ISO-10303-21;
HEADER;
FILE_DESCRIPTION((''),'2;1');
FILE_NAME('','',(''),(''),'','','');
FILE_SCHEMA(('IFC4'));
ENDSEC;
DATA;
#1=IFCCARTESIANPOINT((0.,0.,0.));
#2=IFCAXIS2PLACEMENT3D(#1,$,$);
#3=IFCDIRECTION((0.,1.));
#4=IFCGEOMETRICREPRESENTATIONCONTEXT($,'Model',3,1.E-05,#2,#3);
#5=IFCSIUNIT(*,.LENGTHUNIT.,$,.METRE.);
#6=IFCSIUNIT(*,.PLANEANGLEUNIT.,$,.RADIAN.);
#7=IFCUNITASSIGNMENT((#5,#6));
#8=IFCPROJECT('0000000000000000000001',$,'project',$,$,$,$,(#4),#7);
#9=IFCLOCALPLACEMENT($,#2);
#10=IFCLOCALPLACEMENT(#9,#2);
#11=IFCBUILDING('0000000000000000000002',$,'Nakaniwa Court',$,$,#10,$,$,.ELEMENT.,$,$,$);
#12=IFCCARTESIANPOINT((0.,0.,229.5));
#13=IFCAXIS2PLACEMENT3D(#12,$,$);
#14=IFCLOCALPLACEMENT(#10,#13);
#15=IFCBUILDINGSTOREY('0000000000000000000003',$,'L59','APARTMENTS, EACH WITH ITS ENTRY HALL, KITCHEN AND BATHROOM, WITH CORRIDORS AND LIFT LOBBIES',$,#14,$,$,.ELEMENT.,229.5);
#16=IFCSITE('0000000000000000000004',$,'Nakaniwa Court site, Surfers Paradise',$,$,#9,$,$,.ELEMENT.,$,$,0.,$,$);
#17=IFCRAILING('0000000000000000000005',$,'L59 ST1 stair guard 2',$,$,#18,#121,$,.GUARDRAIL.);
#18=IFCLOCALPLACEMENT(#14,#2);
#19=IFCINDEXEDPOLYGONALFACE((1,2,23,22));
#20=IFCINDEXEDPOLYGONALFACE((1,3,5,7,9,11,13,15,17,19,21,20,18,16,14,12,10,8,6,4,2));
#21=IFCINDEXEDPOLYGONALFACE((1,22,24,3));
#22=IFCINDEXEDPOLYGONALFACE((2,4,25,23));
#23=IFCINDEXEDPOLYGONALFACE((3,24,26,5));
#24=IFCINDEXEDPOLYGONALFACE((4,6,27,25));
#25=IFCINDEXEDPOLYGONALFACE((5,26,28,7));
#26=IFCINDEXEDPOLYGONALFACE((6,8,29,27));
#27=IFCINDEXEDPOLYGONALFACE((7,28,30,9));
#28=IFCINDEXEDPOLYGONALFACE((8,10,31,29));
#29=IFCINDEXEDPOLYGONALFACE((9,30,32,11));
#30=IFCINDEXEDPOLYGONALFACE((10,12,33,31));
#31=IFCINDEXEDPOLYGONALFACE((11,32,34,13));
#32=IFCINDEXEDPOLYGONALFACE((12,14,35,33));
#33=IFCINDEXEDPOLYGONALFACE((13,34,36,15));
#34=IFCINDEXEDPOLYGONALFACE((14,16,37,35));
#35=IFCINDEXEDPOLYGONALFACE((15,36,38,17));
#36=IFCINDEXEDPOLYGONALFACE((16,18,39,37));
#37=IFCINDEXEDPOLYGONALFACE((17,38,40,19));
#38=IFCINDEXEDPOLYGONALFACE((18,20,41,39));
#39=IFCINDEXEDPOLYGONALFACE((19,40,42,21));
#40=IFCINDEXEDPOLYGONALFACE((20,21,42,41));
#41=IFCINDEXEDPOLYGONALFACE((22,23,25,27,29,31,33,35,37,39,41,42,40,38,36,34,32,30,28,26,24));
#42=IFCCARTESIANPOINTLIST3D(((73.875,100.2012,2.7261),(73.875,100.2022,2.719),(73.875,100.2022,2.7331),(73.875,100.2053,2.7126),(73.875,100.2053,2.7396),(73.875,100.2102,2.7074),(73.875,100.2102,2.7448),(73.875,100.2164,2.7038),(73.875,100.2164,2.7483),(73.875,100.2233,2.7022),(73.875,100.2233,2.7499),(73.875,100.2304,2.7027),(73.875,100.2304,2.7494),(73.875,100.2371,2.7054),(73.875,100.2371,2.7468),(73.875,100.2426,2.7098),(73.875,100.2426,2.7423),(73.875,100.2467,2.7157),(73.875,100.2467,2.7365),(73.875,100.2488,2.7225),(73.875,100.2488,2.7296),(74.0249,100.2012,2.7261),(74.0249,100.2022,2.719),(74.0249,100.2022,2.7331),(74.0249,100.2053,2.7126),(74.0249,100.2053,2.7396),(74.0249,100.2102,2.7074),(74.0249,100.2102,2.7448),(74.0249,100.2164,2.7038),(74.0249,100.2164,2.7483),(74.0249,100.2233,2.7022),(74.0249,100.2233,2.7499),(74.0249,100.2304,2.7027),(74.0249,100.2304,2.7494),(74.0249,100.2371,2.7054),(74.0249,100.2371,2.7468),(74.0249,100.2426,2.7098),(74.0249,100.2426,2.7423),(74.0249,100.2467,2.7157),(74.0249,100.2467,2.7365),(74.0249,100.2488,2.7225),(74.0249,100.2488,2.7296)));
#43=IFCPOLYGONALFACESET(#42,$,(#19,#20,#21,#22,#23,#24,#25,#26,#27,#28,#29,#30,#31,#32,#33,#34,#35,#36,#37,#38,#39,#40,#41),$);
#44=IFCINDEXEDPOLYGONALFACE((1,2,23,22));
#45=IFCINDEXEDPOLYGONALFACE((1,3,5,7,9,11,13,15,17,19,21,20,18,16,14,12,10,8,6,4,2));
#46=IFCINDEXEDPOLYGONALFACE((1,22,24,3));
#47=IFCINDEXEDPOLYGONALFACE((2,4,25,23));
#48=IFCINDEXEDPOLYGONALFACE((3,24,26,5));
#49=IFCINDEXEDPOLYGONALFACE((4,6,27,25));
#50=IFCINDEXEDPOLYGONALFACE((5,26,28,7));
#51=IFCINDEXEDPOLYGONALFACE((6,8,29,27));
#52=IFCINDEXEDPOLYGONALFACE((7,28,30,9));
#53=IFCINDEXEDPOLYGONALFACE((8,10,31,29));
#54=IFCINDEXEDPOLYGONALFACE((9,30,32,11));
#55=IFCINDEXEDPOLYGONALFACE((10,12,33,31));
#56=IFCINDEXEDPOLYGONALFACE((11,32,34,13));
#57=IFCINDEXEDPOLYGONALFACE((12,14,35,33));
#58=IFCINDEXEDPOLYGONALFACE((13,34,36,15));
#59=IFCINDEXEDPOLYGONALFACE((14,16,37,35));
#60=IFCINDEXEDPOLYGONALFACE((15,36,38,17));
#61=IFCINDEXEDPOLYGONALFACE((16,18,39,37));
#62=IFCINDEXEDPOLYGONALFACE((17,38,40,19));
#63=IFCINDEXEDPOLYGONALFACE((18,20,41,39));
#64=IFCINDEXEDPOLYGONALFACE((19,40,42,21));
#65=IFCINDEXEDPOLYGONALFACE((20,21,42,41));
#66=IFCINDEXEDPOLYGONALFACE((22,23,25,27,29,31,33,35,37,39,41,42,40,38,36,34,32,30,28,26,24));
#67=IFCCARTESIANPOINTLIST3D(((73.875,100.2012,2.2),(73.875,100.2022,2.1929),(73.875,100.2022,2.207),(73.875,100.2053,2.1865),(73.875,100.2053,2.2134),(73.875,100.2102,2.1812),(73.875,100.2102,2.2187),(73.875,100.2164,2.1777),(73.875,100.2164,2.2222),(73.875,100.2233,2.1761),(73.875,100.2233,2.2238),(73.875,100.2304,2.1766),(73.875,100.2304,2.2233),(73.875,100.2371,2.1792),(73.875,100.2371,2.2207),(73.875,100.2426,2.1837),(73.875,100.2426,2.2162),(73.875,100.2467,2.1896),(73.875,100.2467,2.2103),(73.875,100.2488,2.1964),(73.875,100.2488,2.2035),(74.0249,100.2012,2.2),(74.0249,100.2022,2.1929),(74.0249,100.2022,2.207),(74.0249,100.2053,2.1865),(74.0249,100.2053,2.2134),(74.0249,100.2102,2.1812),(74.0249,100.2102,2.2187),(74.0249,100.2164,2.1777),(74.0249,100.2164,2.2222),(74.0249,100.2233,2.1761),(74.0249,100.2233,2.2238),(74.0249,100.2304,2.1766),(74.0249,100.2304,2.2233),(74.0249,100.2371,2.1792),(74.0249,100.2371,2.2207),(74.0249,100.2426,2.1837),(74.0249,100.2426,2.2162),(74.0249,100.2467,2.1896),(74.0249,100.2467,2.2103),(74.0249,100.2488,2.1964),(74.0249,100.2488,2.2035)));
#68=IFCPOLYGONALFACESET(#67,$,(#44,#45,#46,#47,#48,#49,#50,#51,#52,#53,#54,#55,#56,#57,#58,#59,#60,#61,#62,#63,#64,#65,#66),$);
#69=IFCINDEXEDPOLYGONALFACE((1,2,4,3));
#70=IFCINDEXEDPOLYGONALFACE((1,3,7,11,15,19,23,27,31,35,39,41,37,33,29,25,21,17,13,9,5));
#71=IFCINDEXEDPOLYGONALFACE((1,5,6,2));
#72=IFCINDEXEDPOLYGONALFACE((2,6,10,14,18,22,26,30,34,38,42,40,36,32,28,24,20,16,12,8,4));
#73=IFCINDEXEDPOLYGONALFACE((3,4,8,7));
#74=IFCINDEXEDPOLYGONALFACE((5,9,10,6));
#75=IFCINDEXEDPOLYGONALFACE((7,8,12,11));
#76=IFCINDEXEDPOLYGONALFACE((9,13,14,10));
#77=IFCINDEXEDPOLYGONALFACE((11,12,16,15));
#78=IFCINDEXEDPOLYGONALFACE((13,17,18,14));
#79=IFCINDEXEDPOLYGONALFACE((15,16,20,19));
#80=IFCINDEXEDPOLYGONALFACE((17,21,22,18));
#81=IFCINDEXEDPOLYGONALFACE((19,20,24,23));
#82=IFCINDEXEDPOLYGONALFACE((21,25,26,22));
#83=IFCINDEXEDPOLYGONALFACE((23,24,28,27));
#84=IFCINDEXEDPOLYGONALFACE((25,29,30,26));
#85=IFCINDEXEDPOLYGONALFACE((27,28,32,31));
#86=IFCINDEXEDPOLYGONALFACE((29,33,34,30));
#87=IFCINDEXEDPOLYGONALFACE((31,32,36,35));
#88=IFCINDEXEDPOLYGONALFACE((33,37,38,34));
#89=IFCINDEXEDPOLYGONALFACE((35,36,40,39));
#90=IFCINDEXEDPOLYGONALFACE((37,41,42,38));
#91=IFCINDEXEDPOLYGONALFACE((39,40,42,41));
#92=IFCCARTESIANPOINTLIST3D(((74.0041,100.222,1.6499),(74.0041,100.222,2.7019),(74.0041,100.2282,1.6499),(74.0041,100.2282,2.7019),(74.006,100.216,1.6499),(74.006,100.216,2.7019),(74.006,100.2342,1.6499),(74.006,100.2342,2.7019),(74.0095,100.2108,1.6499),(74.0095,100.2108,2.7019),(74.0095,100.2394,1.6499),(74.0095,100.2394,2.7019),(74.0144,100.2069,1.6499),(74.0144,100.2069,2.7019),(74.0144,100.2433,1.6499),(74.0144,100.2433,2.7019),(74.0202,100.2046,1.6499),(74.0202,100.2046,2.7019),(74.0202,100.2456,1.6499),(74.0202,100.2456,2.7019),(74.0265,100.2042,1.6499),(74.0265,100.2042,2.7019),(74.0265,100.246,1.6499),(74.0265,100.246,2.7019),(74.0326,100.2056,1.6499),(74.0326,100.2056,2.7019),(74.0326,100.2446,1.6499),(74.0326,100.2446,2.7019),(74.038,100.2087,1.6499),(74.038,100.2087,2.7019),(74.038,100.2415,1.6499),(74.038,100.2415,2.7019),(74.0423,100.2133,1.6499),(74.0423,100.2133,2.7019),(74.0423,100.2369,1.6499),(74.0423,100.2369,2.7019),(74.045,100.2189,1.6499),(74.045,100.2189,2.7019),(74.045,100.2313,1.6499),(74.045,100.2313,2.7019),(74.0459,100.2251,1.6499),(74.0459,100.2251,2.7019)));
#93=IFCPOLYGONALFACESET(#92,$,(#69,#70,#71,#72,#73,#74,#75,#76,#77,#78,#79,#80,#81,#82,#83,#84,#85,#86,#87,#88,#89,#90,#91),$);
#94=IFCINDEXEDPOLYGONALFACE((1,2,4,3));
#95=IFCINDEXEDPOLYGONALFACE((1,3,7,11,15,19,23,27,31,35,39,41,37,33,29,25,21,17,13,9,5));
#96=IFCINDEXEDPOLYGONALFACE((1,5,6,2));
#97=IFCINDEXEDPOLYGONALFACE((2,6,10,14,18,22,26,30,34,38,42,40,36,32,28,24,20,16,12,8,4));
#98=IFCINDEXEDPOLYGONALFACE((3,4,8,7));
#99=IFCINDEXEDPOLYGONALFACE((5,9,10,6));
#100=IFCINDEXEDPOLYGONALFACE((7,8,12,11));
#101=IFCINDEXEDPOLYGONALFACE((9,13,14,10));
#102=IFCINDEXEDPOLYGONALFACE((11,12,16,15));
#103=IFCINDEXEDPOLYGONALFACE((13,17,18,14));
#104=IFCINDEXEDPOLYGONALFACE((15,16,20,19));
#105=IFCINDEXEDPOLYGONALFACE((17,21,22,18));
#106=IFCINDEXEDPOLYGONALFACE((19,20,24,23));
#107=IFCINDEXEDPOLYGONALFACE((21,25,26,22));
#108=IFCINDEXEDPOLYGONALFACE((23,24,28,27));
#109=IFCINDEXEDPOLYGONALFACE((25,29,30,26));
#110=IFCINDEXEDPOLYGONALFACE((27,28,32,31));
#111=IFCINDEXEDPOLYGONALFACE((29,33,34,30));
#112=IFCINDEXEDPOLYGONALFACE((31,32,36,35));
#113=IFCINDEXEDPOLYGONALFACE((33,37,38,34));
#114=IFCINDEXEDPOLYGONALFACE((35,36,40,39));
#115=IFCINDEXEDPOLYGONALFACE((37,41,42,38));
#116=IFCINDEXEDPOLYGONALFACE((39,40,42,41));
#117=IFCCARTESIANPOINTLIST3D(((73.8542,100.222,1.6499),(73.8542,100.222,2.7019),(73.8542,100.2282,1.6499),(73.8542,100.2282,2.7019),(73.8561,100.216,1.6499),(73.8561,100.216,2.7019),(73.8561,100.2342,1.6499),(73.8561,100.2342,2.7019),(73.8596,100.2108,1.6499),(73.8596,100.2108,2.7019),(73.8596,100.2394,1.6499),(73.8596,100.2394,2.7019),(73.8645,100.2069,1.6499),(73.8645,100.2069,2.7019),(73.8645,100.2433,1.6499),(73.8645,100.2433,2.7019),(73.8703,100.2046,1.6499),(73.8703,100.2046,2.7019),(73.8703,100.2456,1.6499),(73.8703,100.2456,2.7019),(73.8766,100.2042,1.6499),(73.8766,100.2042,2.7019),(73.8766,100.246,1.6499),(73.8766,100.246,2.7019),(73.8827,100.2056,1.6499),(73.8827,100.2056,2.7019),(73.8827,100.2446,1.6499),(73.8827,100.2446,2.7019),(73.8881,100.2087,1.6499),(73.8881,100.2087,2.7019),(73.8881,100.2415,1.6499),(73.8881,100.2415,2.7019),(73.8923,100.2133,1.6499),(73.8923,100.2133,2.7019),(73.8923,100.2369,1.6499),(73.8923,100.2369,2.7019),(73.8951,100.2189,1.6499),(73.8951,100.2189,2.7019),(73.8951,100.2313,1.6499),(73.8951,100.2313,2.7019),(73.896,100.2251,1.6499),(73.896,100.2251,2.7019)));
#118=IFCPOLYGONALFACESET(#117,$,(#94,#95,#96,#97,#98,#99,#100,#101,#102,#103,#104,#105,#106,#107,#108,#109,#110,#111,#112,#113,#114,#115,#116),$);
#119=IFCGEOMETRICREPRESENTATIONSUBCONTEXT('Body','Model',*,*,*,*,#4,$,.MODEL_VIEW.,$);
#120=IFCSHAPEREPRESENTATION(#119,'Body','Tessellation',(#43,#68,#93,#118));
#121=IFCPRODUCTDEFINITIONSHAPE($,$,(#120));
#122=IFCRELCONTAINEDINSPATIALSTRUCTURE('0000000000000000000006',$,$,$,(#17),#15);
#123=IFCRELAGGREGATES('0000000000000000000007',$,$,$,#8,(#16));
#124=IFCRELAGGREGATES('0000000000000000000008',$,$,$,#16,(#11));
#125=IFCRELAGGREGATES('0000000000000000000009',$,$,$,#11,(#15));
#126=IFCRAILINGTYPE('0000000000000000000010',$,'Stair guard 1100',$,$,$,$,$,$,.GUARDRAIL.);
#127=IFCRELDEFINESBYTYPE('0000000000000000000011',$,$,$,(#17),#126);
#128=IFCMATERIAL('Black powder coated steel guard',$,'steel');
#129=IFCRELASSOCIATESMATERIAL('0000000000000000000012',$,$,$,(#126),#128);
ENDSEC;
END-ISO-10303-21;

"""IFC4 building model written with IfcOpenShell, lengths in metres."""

from ifc_helpers import new_model, si_unit, direction, frame, origin, origin_2d, place, context, subcontext, project, spatial, circle, extrude, material, type_object, element, save


model = new_model("IFC4")

# Units and contexts
model_context = context("Model", 3, precision=1e-05, world=origin(), true_north=direction((0.0, 1.0)))
body_context = subcontext(model_context, "Body", "Model", "MODEL_VIEW")
ifc_project = project(units=[si_unit("LENGTHUNIT", "METRE"), si_unit("PLANEANGLEUNIT", "RADIAN")], contexts=[model_context])

# Site, building, storey
site_placement = place(None, origin())
site = spatial("IfcSite", under=ifc_project, at=site_placement, Name="Nakaniwa Court site, Surfers Paradise", CompositionType="ELEMENT", RefElevation=0.0)
building_placement = place(site_placement, origin())
building = spatial("IfcBuilding", under=site, at=building_placement, Name="Nakaniwa Court", CompositionType="ELEMENT")
storey_placement = place(building_placement, frame((0.0, 0.0, 229.5)))
storey = spatial("IfcBuildingStorey", under=building, at=storey_placement, Name="L59", Description="APARTMENTS, EACH WITH ITS ENTRY HALL, KITCHEN AND BATHROOM, WITH CORRIDORS AND LIFT LOBBIES", CompositionType="ELEMENT", Elevation=229.5)

# Railing
ifc_material_1 = material(Name="Black powder coated steel guard", Category="steel")
railing_type_1 = type_object("IfcRailingType", Name="Stair guard 1100", PredefinedType="GUARDRAIL", material=ifc_material_1)
railing_1_placement = place(storey_placement, frame((74.0249, 100.2251, 1.6499)))
element("IfcRailing", 1, at=railing_1_placement, inside=storey, type_object=railing_type_1, Name="L59 ST1 stair guard 2", PredefinedType="GUARDRAIL", context=body_context, shape_type="SweptSolid", body=[
    extrude(circle(Radius=0.0239, at=origin_2d()), frame((0.0, 0.0, 1.0762), z_axis=(-1.0, 0.0, 0.0), x_axis=(0.0, -1.0, 0.0)), (0.0, 0.0, 1.0), 0.1499),
    extrude(circle(Radius=0.0239, at=origin_2d()), frame((0.0, 0.0, 0.55), z_axis=(-1.0, 0.0, 0.0), x_axis=(0.0, -1.0, 0.0)), (0.0, 0.0, 1.0), 0.1499),
    extrude(circle(Radius=0.021, at=origin_2d()), origin(), (0.0, 0.0, 1.0), 1.052),
    extrude(circle(Radius=0.021, at=origin_2d()), frame((-0.1499, 0.0, 0.0)), (0.0, 0.0, 1.0), 1.052),
])

save(model, "model.ifc")
